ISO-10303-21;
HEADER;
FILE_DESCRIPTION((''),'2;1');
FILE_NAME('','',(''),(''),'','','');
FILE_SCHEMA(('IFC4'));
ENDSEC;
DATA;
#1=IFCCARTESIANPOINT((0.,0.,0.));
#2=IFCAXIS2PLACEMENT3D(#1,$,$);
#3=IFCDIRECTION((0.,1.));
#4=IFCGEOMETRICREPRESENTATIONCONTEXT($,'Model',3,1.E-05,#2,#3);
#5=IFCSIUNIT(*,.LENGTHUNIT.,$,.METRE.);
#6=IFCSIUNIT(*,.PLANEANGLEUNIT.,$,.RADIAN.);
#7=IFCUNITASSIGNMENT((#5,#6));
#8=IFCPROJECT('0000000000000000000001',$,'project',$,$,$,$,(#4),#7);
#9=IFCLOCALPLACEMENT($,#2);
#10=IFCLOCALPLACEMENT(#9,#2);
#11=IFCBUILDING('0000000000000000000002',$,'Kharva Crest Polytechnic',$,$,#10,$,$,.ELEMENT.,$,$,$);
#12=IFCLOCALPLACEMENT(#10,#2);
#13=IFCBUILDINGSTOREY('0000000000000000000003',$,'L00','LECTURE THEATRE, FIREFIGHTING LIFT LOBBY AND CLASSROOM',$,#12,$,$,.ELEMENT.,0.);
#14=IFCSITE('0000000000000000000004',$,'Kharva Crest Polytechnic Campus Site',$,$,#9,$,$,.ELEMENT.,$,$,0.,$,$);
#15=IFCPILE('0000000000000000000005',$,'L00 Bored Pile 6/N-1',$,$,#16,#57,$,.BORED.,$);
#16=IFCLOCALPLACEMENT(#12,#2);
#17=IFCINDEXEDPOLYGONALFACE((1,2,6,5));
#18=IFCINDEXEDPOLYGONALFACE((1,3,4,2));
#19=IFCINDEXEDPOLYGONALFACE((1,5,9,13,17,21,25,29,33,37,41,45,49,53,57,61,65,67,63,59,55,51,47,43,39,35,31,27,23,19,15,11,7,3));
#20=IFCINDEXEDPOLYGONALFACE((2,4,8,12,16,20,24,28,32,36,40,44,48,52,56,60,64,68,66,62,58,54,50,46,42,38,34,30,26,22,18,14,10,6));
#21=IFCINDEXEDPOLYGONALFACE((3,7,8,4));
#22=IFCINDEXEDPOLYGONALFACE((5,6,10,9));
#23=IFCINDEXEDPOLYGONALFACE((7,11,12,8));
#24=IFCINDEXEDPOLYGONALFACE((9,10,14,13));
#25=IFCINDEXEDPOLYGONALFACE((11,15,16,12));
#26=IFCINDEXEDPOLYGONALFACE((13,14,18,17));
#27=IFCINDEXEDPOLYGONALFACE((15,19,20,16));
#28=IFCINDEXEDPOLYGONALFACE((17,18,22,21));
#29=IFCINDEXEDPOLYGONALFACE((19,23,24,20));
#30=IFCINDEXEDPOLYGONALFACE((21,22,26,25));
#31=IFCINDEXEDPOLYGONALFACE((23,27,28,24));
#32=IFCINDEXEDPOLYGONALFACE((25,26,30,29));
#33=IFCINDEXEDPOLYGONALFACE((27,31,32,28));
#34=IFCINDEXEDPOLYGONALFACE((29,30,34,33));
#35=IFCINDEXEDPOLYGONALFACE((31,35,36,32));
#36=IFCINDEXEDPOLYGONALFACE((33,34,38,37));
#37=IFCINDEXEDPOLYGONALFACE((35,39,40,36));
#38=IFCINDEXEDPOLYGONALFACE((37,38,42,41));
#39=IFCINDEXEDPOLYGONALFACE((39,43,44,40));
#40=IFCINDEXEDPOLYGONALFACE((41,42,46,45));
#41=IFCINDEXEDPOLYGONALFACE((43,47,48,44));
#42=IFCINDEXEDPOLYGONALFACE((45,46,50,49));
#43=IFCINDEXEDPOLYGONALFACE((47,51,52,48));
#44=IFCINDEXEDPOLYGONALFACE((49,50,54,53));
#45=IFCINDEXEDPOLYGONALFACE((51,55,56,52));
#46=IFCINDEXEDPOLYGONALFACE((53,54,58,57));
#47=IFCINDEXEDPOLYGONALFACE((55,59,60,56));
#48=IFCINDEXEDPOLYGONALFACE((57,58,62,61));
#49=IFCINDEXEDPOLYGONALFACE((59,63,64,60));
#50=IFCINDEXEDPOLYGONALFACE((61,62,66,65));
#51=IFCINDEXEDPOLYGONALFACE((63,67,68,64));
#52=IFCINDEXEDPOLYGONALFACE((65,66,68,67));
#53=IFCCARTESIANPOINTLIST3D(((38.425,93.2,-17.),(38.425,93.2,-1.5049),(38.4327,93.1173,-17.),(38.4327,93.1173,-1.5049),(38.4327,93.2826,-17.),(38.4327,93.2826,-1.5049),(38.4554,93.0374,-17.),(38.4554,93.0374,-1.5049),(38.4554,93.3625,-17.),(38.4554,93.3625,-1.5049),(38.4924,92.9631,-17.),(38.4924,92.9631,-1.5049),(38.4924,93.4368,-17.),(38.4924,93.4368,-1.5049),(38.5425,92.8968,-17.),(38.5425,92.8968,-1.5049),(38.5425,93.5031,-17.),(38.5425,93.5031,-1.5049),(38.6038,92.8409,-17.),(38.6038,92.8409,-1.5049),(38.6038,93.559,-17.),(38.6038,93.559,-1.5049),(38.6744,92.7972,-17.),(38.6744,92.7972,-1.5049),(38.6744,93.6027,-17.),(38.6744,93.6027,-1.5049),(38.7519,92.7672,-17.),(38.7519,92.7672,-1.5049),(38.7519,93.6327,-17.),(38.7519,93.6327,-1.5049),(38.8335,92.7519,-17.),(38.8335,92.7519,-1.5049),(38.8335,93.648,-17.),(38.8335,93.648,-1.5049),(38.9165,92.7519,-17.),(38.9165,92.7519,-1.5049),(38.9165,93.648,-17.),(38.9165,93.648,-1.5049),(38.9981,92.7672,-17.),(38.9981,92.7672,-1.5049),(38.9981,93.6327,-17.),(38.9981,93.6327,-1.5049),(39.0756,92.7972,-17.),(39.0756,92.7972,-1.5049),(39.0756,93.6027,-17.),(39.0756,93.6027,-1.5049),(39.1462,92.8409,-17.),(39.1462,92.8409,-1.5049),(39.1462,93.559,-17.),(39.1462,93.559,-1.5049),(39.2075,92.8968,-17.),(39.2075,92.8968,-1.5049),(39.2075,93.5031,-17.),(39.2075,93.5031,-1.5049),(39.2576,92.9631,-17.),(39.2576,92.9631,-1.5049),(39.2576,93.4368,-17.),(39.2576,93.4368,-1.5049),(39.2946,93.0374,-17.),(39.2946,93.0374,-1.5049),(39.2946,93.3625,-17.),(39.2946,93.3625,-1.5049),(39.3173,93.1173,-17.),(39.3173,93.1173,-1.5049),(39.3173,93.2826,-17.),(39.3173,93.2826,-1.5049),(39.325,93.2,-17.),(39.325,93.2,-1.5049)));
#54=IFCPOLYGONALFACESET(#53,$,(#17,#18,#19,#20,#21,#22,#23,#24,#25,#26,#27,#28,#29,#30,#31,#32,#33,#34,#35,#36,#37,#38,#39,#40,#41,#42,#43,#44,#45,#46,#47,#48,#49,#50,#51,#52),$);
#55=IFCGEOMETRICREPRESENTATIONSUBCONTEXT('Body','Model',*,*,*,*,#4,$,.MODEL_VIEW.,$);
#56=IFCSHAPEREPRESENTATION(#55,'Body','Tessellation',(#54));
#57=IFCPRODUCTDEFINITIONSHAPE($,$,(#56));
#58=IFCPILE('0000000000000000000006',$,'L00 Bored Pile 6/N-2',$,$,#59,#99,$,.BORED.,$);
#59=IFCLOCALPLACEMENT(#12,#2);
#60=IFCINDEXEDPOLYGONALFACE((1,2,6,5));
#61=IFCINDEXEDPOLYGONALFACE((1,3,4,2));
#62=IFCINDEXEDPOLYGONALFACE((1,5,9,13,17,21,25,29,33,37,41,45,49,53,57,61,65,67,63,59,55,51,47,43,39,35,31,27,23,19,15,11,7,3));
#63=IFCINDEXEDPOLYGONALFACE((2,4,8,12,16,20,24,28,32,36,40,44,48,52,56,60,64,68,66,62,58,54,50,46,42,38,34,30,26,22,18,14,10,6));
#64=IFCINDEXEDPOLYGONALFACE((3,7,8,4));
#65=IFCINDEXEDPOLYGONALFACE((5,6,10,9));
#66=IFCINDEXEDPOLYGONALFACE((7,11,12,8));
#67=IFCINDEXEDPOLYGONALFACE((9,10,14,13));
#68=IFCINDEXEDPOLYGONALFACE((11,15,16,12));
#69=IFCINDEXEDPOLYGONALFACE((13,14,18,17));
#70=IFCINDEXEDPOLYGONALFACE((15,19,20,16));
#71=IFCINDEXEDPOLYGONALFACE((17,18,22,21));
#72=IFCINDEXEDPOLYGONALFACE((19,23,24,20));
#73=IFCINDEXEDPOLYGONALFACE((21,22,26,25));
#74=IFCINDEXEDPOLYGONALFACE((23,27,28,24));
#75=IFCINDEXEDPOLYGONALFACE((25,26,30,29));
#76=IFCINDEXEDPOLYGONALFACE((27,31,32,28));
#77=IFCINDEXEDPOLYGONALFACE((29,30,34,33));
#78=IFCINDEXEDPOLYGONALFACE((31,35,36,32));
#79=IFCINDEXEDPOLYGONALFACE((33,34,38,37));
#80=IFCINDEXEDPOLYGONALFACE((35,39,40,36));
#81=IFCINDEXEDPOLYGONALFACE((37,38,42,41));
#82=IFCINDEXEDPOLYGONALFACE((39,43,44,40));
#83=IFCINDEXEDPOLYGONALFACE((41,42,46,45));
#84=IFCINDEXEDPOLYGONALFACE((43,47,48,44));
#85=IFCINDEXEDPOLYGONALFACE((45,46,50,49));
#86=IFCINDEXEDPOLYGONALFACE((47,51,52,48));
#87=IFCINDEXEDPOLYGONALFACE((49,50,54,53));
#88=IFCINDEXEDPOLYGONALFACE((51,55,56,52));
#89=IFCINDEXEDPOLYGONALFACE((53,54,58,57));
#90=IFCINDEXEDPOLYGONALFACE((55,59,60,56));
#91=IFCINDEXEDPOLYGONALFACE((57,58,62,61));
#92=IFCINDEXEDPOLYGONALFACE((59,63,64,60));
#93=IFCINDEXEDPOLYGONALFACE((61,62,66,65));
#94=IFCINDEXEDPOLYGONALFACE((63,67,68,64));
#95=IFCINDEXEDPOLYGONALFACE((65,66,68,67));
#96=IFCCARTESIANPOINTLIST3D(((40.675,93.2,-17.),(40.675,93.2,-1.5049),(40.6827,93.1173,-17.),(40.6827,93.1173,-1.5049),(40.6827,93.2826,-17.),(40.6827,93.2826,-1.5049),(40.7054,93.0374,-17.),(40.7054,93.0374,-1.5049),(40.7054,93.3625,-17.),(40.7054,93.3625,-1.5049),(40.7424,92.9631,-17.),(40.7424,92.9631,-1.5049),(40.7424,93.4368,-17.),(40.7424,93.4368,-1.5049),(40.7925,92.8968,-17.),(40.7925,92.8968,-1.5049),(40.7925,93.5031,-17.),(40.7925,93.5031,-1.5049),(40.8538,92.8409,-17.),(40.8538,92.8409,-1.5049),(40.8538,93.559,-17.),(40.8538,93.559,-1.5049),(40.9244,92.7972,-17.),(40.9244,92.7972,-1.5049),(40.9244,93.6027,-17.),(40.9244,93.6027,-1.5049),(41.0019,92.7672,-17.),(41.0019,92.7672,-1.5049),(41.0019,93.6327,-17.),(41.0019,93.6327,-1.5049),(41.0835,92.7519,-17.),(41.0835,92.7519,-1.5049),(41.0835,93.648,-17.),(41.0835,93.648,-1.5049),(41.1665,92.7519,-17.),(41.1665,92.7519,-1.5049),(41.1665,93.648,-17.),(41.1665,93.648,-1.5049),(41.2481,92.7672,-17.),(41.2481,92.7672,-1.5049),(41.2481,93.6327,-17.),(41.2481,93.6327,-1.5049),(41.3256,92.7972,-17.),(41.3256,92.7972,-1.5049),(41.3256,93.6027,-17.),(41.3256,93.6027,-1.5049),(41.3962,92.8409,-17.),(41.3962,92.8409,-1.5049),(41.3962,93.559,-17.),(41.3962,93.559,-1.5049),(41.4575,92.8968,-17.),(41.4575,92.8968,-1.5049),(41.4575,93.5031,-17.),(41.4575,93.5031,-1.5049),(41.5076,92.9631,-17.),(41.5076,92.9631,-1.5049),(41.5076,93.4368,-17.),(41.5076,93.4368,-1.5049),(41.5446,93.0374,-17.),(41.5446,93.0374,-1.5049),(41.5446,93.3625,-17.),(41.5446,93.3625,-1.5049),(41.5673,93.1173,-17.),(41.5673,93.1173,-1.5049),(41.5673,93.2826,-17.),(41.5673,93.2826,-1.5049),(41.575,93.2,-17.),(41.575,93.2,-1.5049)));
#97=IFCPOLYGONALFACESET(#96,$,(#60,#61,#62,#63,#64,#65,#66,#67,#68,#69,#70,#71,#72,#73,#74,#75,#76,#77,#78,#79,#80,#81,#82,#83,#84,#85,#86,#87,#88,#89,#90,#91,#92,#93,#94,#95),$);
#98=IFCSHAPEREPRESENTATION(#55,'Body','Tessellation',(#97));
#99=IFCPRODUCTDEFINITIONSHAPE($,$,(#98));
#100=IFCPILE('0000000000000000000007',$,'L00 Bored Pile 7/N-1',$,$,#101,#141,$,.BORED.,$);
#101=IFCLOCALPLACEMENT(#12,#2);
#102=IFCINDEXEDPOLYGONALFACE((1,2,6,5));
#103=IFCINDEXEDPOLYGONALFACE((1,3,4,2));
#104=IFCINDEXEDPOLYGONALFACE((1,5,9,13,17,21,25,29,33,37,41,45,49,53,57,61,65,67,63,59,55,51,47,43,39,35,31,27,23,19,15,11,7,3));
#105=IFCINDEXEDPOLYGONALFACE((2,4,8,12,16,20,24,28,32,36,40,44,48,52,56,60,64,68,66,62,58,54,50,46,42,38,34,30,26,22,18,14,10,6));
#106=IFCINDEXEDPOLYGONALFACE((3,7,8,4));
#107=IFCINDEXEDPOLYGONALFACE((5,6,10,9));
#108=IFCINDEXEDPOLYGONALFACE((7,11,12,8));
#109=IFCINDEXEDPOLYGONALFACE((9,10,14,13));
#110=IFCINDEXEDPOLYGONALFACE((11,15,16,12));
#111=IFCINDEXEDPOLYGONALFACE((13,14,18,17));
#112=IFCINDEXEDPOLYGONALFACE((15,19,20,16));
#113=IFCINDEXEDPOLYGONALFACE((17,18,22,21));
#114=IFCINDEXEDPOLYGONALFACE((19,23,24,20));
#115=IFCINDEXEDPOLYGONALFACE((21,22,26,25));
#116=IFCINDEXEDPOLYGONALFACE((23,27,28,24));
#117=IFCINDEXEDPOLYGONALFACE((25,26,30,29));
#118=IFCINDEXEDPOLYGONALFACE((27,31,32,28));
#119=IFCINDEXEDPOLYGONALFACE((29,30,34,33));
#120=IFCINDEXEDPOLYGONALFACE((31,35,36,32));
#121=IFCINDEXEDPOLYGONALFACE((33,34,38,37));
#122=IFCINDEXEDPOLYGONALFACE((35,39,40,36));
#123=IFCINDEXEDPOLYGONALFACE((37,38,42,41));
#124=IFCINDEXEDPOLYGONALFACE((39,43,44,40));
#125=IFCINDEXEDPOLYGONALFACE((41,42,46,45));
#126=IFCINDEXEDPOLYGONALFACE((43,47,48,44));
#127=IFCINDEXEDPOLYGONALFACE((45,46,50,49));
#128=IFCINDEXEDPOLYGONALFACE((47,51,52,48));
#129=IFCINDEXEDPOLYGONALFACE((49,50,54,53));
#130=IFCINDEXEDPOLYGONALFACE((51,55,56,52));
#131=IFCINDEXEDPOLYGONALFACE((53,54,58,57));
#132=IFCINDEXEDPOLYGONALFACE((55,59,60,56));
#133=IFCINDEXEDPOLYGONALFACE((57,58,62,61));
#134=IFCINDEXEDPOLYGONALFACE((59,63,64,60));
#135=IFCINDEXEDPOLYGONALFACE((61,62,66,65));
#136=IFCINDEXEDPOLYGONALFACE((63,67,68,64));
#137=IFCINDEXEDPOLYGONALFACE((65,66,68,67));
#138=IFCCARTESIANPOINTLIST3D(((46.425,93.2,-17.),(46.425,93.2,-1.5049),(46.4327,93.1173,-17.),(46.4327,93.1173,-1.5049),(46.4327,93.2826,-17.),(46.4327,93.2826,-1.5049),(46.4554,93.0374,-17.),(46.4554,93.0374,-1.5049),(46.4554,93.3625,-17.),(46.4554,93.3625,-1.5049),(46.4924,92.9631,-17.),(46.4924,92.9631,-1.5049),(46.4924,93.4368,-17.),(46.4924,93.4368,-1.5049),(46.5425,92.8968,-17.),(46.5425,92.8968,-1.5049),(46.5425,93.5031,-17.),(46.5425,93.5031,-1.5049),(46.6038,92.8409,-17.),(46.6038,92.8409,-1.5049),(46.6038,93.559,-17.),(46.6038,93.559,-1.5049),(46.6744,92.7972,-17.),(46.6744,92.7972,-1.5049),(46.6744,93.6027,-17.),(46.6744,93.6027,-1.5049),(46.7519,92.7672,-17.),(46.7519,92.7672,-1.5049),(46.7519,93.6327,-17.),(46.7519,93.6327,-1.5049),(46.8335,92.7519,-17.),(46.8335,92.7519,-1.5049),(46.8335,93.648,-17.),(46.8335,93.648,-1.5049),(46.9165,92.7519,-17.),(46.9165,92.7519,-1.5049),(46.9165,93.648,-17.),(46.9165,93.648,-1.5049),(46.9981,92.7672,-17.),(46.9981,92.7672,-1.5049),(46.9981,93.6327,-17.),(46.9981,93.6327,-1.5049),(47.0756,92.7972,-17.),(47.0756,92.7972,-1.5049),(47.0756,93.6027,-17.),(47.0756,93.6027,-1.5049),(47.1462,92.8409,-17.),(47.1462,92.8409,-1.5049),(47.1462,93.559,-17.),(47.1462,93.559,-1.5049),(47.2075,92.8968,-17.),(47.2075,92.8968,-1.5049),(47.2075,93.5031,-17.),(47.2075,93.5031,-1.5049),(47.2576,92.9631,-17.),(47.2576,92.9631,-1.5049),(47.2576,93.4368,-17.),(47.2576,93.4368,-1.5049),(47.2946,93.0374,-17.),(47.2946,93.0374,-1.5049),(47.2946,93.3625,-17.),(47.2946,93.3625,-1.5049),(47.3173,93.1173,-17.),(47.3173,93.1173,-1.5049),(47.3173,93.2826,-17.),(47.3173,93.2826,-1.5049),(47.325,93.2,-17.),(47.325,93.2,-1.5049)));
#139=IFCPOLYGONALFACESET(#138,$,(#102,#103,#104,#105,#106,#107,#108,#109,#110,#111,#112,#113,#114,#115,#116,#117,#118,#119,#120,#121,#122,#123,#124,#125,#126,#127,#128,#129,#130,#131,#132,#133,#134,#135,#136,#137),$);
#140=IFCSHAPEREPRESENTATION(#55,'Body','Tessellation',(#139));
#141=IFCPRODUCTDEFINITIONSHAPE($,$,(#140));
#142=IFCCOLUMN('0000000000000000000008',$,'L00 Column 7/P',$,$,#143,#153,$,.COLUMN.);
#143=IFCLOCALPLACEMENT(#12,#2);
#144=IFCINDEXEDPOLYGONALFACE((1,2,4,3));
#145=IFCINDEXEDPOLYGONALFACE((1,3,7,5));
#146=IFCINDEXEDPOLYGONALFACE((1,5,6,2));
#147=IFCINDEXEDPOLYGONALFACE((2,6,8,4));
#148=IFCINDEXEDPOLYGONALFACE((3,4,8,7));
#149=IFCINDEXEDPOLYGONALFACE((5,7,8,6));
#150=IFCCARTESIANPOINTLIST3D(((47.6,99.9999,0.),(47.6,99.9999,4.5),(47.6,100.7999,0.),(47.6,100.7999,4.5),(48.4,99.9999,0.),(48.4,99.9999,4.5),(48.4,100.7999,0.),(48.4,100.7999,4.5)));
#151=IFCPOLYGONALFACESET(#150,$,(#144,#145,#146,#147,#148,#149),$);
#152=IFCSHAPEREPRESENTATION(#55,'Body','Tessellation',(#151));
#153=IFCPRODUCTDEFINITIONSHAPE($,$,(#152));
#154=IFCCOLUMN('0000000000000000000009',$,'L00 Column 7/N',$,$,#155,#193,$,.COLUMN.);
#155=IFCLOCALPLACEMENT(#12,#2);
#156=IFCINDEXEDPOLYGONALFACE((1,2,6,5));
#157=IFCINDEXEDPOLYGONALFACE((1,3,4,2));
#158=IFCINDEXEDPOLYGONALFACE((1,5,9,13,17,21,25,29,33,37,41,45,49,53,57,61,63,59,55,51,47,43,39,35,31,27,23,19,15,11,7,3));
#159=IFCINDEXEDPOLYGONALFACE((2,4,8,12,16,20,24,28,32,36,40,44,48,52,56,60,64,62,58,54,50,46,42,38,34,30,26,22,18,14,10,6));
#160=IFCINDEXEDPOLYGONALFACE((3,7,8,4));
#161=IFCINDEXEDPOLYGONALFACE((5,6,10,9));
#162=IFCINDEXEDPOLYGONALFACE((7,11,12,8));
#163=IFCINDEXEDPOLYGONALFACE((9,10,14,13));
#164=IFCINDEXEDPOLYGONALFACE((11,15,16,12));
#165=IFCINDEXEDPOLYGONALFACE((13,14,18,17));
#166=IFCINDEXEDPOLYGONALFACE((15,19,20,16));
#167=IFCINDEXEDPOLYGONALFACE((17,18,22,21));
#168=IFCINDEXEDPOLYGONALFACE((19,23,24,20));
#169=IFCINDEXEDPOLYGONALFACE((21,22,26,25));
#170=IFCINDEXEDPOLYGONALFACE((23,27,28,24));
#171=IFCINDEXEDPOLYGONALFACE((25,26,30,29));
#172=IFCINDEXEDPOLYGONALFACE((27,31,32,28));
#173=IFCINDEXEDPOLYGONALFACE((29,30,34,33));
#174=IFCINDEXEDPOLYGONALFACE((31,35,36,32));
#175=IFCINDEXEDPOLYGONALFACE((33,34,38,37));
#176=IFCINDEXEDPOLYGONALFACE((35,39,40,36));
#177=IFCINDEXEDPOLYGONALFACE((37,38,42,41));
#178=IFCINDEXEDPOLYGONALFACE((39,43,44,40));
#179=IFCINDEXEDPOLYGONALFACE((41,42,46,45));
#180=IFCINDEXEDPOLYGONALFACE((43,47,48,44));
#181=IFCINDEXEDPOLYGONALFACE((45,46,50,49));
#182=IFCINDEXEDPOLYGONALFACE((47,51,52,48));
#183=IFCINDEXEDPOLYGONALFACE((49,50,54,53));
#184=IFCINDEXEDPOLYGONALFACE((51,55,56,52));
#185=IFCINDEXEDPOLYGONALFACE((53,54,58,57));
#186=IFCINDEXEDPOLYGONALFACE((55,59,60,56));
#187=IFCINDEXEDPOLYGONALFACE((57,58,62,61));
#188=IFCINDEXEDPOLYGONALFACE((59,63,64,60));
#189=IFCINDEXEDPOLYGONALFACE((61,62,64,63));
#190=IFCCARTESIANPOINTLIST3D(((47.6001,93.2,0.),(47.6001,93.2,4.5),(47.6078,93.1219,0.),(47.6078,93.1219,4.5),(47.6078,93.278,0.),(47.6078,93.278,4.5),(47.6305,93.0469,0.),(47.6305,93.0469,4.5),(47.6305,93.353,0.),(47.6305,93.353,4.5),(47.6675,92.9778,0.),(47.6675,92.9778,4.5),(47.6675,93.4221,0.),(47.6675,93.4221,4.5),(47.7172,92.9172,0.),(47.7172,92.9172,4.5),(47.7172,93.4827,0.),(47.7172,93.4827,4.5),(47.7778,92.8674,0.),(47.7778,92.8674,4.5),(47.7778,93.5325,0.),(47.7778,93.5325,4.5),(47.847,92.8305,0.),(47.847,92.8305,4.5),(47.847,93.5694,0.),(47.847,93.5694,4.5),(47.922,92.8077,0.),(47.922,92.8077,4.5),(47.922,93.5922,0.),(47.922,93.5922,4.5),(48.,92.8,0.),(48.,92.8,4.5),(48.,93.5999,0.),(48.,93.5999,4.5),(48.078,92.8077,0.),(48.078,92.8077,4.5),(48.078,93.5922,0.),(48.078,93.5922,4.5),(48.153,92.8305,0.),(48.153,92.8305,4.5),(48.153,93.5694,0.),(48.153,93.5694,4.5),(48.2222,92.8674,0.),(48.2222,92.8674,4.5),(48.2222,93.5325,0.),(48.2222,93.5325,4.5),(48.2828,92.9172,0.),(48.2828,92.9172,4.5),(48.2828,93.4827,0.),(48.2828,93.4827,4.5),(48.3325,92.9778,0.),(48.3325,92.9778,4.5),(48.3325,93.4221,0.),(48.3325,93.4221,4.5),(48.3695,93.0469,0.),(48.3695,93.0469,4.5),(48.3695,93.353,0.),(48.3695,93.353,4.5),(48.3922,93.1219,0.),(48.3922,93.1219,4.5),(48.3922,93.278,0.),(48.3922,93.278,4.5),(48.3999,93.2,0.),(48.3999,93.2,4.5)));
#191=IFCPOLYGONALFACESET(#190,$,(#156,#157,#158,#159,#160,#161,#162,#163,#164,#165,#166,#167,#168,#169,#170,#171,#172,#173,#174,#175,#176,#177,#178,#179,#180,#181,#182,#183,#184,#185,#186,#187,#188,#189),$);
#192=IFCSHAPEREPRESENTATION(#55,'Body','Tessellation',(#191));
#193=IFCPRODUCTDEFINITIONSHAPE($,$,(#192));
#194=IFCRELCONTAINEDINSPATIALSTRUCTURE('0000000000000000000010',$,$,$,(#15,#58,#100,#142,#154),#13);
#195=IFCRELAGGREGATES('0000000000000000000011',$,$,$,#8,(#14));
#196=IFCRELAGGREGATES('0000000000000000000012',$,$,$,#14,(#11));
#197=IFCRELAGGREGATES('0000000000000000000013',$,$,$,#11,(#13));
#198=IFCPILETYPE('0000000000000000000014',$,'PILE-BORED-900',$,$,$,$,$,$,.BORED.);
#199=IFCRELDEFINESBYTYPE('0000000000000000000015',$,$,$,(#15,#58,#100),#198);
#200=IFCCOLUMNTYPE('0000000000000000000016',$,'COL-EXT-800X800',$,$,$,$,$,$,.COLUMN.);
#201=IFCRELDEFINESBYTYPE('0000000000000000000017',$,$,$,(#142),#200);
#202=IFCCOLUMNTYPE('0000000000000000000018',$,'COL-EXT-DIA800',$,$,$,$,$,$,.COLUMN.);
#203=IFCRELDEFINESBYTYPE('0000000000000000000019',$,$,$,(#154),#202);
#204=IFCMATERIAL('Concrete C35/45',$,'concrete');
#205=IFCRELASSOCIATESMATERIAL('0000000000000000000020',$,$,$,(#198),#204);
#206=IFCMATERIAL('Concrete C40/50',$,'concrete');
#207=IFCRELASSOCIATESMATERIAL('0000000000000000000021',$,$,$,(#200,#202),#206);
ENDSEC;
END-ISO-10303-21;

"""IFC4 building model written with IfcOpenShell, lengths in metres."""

from ifc_helpers import new_model, si_unit, direction, frame, origin, origin_2d, place, context, subcontext, project, spatial, rectangle, circle, extrude, material, material_profile, profile_set, type_object, element, save


model = new_model("IFC4")

# Units and contexts
model_context = context("Model", 3, precision=1e-05, world=origin(), true_north=direction((0.0, 1.0)))
body_context = subcontext(model_context, "Body", "Model", "MODEL_VIEW")
ifc_project = project(units=[si_unit("LENGTHUNIT", "METRE"), si_unit("PLANEANGLEUNIT", "RADIAN")], contexts=[model_context])

# Site, building, storey
site_placement = place(None, origin())
site = spatial("IfcSite", under=ifc_project, at=site_placement, Name="Kharva Crest Polytechnic Campus Site", CompositionType="ELEMENT", RefElevation=0.0)
building_placement = place(site_placement, origin())
building = spatial("IfcBuilding", under=site, at=building_placement, Name="Kharva Crest Polytechnic", CompositionType="ELEMENT")
storey_placement = place(building_placement, origin())
storey = spatial("IfcBuildingStorey", under=building, at=storey_placement, Name="L00", Description="LECTURE THEATRE, FIREFIGHTING LIFT LOBBY AND CLASSROOM", CompositionType="ELEMENT", Elevation=0.0)

# Shared definitions
ifc_material_1 = material(Name="Concrete C35/45", Category="concrete")

# Piles
ifc_material_profile_1 = material_profile(ifc_material_1, circle(Radius=0.45, at=origin_2d()), Name="DIA 900")
ifc_profile_set_1 = profile_set([ifc_material_profile_1], Name="Concrete C35/45")
pile_type_1 = type_object("IfcPileType", Name="PILE-BORED-900", PredefinedType="BORED", material=ifc_profile_set_1)
for number, where, z_axis, x_axis, name in (
    (1, (38.875, 93.2, -1.5049), (0.0, 0.0, -1.0), (1.0, 0.0, 0.0), "L00 Bored Pile 6/N-1"),
    (2, (41.125, 93.2, -1.5049), (0.0, 0.0, -1.0), (1.0, 0.0, 0.0), "L00 Bored Pile 6/N-2"),
    (3, (46.875, 93.2, -1.5049), (0.0, 0.0, -1.0), (1.0, 0.0, 0.0), "L00 Bored Pile 7/N-1"),
):
    element("IfcPile", number, at=place(storey_placement, frame(where, z_axis=z_axis, x_axis=x_axis)), inside=storey, type_object=pile_type_1, Name=name, PredefinedType="BORED", context=body_context, shape_type="SweptSolid", body=[
        extrude(circle(Radius=0.45, at=origin_2d()), origin(), (0.0, 0.0, 1.0), 15.4951),
    ])

# Columns
ifc_material_2 = material(Name="Concrete C40/50", Category="concrete")
ifc_material_profile_2 = material_profile(ifc_material_2, rectangle(XDim=0.8, YDim=0.8, at=origin_2d()), Name="RECT 800 X 800")
ifc_profile_set_2 = profile_set([ifc_material_profile_2], Name="Concrete C40/50")
column_type_1 = type_object("IfcColumnType", Name="COL-EXT-800X800", PredefinedType="COLUMN", material=ifc_profile_set_2)
column_1_placement = place(storey_placement, frame((48.0, 100.3999, 0.0), z_axis=(0.0, 0.0, 1.0), x_axis=(1.0, 0.0, 0.0)))
element("IfcColumn", 4, at=column_1_placement, inside=storey, type_object=column_type_1, Name="L00 Column 7/P", PredefinedType="COLUMN", context=body_context, shape_type="SweptSolid", body=[
    extrude(rectangle(XDim=0.8, YDim=0.8, at=origin_2d()), origin(), (0.0, 0.0, 1.0), 4.5),
])
ifc_material_profile_3 = material_profile(ifc_material_2, circle(Radius=0.3999, at=origin_2d()), Name="DIA 800")
ifc_profile_set_3 = profile_set([ifc_material_profile_3], Name="Concrete C40/50")
column_type_2 = type_object("IfcColumnType", Name="COL-EXT-DIA800", PredefinedType="COLUMN", material=ifc_profile_set_3)
column_2_placement = place(storey_placement, frame((48.0, 93.2, 0.0), z_axis=(0.0, 0.0, 1.0), x_axis=(1.0, 0.0, 0.0)))
element("IfcColumn", 5, at=column_2_placement, inside=storey, type_object=column_type_2, Name="L00 Column 7/N", PredefinedType="COLUMN", context=body_context, shape_type="SweptSolid", body=[
    extrude(circle(Radius=0.3999, at=origin_2d()), origin(), (0.0, 0.0, 1.0), 4.5),
])

save(model, "model.ifc")
